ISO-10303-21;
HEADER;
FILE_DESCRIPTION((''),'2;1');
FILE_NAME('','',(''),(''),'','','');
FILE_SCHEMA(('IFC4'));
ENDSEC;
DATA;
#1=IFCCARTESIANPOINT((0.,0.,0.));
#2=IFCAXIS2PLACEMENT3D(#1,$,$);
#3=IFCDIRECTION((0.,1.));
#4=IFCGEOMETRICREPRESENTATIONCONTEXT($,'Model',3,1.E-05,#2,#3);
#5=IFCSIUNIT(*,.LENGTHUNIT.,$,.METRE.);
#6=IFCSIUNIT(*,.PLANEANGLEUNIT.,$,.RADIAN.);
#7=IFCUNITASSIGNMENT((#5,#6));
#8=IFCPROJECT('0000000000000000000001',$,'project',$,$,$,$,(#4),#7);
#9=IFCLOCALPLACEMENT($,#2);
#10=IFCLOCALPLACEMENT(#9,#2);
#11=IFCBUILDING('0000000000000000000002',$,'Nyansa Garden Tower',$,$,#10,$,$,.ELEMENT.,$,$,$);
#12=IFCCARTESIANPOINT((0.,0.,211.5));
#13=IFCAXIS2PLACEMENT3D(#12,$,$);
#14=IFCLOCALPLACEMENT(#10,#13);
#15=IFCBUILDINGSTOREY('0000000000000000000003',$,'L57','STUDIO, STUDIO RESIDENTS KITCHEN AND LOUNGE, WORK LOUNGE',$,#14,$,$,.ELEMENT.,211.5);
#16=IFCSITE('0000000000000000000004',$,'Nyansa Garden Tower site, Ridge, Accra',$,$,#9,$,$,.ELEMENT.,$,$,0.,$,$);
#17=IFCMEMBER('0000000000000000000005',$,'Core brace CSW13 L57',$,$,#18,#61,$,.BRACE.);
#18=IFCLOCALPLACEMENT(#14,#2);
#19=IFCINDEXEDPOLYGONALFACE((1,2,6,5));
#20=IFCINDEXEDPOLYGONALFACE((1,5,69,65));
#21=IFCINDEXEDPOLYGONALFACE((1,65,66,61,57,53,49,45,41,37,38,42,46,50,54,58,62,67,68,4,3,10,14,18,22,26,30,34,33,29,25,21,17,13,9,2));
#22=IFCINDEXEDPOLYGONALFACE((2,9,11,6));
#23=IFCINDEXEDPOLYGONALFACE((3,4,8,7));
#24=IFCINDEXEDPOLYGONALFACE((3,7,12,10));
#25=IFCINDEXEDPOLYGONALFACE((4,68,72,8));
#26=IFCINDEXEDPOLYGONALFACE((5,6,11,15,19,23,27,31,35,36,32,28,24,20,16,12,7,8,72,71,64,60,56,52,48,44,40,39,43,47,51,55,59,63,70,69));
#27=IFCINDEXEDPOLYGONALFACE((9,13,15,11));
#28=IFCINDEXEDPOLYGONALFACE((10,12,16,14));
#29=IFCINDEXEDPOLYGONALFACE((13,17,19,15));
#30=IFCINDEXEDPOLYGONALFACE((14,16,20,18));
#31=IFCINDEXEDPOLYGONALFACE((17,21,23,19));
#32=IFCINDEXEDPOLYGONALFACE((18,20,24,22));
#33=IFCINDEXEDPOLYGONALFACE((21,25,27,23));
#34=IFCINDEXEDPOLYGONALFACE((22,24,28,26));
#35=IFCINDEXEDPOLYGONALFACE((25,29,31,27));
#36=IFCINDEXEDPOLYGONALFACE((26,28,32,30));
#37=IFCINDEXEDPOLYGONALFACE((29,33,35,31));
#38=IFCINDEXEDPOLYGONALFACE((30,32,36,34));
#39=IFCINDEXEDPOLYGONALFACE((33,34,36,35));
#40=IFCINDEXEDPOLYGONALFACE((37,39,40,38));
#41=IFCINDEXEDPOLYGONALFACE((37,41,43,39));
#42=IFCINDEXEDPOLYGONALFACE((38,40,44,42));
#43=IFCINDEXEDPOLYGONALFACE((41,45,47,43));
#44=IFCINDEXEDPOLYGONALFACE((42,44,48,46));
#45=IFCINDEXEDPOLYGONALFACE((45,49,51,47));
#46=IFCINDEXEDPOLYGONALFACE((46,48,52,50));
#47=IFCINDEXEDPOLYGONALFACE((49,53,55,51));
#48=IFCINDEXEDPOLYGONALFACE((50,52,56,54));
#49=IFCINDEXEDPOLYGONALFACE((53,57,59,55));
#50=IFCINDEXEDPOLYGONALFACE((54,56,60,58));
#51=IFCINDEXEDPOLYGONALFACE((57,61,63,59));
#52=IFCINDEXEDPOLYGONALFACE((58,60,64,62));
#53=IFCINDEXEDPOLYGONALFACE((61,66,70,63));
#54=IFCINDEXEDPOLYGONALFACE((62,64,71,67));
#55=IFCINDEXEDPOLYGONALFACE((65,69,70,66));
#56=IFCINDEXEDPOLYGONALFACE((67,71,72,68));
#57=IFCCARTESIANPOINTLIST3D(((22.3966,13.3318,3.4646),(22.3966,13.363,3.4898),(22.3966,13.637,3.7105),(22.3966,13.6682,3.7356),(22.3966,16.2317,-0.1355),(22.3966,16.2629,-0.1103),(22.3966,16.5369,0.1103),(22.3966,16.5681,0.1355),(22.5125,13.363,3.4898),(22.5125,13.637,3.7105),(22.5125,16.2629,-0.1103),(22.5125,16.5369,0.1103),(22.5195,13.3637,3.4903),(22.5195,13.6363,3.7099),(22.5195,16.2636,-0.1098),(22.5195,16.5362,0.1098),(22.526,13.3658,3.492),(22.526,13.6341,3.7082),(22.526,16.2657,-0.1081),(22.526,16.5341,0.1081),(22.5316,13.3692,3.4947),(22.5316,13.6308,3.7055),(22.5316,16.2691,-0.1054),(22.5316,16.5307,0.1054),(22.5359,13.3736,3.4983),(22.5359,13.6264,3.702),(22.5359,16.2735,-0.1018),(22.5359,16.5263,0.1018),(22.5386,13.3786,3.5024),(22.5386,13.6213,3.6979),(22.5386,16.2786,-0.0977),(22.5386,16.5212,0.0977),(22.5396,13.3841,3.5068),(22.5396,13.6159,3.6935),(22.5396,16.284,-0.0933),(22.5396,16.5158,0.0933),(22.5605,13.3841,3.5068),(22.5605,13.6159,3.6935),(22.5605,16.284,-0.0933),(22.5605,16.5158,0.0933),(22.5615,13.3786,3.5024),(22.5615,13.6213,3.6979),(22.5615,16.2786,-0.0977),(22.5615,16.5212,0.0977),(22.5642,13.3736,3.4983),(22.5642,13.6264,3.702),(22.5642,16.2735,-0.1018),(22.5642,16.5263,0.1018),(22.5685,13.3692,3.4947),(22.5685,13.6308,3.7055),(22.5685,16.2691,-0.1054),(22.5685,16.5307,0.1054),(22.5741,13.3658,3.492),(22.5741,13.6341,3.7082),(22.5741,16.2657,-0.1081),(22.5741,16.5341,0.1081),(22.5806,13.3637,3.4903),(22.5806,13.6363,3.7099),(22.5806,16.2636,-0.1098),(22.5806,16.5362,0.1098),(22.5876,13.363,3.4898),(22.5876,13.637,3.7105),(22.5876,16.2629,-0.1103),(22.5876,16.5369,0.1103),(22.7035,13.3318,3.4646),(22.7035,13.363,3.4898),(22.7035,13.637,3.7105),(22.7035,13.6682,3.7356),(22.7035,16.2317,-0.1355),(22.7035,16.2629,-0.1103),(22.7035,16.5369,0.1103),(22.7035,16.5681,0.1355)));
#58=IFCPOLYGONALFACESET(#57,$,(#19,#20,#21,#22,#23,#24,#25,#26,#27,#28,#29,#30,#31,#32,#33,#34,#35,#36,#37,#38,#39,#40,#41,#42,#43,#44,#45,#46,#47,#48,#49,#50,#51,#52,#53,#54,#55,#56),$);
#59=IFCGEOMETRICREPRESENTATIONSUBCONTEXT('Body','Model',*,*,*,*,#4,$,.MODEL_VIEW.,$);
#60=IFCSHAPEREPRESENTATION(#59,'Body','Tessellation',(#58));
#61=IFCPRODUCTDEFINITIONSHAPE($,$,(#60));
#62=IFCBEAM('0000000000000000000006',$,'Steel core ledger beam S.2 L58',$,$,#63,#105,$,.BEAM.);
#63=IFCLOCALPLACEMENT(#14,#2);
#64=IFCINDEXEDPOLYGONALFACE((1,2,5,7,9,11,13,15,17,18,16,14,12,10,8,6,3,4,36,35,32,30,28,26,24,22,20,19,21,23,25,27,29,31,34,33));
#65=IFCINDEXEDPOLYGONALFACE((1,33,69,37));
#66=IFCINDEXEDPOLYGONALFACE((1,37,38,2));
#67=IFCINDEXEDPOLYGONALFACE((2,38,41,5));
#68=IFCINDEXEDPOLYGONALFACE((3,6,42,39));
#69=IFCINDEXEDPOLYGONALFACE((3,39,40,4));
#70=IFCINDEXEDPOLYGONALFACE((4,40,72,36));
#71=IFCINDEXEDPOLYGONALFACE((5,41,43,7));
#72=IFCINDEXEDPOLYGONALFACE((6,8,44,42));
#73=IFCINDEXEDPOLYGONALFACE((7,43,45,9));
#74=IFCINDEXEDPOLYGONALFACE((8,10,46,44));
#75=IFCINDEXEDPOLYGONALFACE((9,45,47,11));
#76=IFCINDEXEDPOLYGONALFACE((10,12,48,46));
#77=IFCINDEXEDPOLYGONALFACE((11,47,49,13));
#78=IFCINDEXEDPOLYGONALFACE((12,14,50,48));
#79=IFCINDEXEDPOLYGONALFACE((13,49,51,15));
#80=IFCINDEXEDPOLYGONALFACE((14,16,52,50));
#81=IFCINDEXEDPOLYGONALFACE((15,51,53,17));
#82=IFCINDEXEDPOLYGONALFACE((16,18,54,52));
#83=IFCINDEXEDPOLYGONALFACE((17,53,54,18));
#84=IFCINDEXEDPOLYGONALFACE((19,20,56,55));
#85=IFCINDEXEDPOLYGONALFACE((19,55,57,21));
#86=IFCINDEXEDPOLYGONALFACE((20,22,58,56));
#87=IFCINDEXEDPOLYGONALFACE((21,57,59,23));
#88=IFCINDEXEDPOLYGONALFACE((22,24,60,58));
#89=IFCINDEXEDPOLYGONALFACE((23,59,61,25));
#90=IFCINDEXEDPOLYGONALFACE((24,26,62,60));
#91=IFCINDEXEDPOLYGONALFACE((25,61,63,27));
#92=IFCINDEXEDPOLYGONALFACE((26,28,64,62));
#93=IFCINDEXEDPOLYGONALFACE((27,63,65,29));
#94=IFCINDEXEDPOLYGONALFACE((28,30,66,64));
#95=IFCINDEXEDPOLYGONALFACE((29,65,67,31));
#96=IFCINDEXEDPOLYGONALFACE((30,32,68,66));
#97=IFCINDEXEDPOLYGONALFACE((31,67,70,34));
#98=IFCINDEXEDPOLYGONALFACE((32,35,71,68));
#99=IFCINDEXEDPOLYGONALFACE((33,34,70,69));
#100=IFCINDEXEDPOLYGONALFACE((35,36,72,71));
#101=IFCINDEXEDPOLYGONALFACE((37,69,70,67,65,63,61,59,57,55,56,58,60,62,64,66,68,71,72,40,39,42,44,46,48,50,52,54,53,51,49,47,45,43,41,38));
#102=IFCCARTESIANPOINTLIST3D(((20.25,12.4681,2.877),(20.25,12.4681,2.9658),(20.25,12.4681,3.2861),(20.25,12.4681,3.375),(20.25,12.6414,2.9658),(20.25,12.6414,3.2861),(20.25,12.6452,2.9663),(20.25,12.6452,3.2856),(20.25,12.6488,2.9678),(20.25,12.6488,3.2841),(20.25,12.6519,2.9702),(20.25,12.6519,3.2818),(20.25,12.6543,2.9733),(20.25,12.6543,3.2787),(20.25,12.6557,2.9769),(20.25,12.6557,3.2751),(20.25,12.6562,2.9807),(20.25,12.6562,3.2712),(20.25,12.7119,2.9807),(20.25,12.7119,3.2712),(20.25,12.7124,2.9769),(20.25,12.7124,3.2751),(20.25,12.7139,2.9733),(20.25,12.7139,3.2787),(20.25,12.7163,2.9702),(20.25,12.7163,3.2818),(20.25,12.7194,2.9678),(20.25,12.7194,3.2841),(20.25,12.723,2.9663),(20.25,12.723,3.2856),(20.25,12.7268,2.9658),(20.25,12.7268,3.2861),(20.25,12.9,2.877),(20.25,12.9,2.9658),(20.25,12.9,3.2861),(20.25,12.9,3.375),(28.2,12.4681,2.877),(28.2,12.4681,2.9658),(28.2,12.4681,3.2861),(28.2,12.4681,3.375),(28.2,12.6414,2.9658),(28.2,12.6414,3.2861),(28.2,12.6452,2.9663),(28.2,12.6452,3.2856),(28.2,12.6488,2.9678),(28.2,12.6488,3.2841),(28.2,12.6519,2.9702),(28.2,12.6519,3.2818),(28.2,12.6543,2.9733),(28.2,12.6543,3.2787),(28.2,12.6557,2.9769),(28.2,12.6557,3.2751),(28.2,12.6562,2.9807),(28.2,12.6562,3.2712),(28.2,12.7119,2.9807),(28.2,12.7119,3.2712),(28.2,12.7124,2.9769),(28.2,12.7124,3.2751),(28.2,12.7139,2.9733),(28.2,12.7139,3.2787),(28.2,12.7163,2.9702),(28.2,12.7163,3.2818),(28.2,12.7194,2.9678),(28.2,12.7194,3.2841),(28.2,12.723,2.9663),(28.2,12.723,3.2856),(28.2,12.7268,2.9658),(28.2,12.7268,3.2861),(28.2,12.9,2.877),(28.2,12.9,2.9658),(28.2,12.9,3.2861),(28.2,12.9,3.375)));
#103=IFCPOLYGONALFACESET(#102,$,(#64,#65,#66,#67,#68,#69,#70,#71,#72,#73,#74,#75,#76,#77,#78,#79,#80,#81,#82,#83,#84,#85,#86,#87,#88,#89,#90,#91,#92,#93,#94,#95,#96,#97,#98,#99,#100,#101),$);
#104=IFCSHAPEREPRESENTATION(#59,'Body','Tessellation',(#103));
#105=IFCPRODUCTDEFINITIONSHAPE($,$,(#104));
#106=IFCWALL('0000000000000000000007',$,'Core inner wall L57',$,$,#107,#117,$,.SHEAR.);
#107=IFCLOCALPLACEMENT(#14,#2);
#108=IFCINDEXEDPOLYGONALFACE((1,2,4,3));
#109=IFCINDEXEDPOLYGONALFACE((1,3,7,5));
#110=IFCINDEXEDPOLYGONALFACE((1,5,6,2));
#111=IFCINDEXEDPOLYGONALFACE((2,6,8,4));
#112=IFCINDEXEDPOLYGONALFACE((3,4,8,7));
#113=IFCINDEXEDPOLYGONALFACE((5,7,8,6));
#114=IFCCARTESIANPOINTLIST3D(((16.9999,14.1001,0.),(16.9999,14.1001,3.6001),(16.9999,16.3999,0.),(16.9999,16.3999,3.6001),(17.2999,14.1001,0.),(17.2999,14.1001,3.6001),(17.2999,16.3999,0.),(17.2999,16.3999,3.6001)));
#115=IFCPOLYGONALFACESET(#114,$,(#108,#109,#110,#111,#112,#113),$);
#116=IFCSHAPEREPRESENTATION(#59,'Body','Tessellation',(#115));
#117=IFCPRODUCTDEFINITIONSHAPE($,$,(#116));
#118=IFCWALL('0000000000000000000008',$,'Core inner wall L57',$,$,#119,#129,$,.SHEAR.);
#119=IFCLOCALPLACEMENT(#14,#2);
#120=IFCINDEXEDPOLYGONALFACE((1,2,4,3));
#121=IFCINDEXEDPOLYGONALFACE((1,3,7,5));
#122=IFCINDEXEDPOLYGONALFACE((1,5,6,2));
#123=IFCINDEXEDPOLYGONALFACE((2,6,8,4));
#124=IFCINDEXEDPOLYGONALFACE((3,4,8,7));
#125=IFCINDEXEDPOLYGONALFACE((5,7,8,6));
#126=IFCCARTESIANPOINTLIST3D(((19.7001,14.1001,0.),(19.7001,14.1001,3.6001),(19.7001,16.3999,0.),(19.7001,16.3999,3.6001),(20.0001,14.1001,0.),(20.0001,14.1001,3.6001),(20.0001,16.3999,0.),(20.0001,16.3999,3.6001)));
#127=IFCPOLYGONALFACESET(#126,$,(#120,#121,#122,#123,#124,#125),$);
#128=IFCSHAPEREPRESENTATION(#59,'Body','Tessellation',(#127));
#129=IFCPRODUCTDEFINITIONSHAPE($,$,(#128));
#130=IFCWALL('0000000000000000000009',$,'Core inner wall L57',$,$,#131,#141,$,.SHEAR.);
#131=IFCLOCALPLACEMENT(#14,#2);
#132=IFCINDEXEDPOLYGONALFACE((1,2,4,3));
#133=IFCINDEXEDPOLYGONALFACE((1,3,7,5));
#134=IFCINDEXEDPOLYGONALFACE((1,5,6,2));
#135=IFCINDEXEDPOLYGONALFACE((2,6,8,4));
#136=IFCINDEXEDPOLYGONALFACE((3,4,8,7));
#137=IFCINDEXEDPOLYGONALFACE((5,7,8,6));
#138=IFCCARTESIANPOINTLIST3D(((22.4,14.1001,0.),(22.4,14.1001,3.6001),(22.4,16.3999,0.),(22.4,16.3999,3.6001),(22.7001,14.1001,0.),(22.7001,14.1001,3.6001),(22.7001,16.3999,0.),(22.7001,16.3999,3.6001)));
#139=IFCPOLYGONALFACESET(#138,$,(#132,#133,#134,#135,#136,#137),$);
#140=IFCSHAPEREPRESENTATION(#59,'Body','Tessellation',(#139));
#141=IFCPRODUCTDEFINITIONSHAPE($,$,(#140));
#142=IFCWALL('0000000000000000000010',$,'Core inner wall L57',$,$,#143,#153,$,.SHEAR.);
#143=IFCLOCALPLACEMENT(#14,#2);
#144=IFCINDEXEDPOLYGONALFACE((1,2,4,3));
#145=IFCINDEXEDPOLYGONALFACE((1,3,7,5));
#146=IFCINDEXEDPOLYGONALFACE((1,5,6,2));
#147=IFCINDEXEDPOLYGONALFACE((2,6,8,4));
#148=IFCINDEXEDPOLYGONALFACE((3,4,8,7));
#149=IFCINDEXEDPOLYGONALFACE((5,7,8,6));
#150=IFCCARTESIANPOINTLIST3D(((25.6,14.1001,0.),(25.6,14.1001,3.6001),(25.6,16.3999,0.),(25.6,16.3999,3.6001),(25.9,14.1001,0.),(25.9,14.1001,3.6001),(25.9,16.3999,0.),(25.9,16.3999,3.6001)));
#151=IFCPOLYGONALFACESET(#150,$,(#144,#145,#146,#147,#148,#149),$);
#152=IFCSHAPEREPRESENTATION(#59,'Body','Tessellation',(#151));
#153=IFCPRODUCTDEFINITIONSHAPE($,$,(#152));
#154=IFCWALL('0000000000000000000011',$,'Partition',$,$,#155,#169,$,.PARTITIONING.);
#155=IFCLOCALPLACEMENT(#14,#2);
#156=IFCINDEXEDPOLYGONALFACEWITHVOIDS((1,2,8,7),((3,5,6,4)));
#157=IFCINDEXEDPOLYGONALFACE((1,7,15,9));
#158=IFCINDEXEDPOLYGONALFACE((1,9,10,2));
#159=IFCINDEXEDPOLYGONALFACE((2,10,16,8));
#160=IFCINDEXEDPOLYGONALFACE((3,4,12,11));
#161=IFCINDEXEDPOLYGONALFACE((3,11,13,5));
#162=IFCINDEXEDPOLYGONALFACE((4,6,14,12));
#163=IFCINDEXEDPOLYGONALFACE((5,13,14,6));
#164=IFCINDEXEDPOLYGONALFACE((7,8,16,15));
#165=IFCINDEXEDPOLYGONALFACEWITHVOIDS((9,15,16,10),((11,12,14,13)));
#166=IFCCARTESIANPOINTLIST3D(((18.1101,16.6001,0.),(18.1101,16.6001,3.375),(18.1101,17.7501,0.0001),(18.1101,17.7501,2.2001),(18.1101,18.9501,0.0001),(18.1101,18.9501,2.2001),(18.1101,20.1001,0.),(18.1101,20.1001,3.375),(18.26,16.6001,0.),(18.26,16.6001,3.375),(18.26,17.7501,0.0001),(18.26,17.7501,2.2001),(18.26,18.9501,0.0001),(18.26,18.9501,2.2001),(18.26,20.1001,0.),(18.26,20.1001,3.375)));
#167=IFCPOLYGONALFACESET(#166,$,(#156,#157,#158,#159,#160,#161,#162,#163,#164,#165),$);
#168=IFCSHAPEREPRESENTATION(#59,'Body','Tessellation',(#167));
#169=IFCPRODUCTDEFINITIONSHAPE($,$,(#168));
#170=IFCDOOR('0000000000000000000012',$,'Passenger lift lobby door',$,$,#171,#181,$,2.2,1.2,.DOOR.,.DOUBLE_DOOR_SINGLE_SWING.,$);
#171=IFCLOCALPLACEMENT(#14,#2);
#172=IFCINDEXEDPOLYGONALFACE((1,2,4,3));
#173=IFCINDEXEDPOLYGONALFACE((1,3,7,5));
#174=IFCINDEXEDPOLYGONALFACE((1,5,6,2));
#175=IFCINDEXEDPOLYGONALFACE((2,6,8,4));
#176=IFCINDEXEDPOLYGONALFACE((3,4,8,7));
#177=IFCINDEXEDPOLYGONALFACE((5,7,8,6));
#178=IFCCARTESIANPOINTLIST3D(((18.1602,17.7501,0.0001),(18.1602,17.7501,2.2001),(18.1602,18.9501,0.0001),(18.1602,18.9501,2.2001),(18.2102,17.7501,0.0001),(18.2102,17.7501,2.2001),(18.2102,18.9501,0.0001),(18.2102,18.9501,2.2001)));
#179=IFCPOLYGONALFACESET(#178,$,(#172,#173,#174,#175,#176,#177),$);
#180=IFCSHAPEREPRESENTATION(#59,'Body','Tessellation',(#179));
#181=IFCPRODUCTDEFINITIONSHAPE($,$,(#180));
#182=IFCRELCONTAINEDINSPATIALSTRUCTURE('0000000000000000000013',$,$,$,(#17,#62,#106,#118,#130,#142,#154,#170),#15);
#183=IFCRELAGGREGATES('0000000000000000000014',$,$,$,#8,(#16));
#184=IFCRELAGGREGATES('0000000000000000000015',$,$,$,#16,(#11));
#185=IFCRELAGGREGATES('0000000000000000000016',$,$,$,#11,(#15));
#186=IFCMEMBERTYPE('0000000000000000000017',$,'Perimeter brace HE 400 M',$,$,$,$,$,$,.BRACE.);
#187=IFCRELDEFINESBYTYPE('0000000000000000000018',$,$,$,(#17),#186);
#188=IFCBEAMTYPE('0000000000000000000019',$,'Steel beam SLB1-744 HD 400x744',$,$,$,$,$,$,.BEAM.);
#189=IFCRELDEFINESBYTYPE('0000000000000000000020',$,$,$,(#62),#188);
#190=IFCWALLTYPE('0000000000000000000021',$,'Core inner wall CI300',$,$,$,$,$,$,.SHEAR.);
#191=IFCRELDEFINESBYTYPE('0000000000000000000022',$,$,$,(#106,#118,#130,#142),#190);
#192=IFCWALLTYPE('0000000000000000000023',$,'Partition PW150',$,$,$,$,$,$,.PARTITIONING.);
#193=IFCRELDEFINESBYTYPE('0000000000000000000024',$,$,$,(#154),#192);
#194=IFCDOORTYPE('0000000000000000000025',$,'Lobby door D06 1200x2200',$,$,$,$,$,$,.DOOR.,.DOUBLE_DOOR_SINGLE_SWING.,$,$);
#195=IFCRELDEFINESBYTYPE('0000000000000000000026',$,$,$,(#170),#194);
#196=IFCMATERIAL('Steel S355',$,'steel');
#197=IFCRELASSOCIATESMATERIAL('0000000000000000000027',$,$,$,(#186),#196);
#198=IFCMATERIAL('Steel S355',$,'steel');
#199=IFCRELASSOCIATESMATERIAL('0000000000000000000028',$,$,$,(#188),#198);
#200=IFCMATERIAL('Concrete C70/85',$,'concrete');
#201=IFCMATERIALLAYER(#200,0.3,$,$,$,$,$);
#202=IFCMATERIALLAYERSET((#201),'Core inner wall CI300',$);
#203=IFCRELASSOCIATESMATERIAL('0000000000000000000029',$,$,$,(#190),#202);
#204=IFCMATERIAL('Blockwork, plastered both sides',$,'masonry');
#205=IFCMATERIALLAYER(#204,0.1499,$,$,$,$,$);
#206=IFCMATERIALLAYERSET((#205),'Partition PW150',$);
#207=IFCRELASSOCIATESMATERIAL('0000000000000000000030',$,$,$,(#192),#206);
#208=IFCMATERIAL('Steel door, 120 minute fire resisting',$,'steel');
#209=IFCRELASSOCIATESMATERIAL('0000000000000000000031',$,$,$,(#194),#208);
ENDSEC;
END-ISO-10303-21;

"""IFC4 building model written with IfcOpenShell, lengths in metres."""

from ifc_helpers import new_model, si_unit, direction, frame, frame_2d, origin, origin_2d, place, context, subcontext, project, spatial, rectangle, i_section, extrude, material, layer, layer_set, material_profile, profile_set, type_object, element, fill, save


model = new_model("IFC4")

# Units and contexts
model_context = context("Model", 3, precision=1e-05, world=origin(), true_north=direction((0.0, 1.0)))
body_context = subcontext(model_context, "Body", "Model", "MODEL_VIEW")
ifc_project = project(units=[si_unit("LENGTHUNIT", "METRE"), si_unit("PLANEANGLEUNIT", "RADIAN")], contexts=[model_context])

# Site, building, storey
site_placement = place(None, origin())
site = spatial("IfcSite", under=ifc_project, at=site_placement, Name="Nyansa Garden Tower site, Ridge, Accra", CompositionType="ELEMENT", RefElevation=0.0)
building_placement = place(site_placement, origin())
building = spatial("IfcBuilding", under=site, at=building_placement, Name="Nyansa Garden Tower", CompositionType="ELEMENT")
storey_placement = place(building_placement, frame((0.0, 0.0, 211.5)))
storey = spatial("IfcBuildingStorey", under=building, at=storey_placement, Name="L57", Description="STUDIO, STUDIO RESIDENTS KITCHEN AND LOUNGE, WORK LOUNGE", CompositionType="ELEMENT", Elevation=211.5)

# Member
ifc_material_1 = material(Name="Steel S355", Category="steel")
ifc_material_profile_1 = material_profile(ifc_material_1, i_section(OverallWidth=0.3069, OverallDepth=0.4319, WebThickness=0.021, FlangeThickness=0.04, FilletRadius=0.0271, at=origin_2d()), Name="HE 400 M")
ifc_profile_set_1 = profile_set([ifc_material_profile_1], Name="Steel S355")
member_type = type_object("IfcMemberType", Name="Perimeter brace HE 400 M", PredefinedType="BRACE", material=ifc_profile_set_1)
for number, where, z_axis, x_axis, name in (
    (1, (22.55, 16.3999, 0.0), (0.0, -0.627306, 0.778773), (1.0, 0.0, 0.0), "Core brace CSW13 L57"),
):
    element("IfcMember", number, at=place(storey_placement, frame(where, z_axis=z_axis, x_axis=x_axis)), inside=storey, type_object=member_type, Name=name, PredefinedType="BRACE", context=body_context, shape_type="SweptSolid", body=[
        extrude(i_section(OverallWidth=0.3069, OverallDepth=0.4319, WebThickness=0.021, FlangeThickness=0.04, FilletRadius=0.0271, at=origin_2d()), origin(), (0.0, 0.0, 1.0), 4.6228),
    ])

# Beam
ifc_material_2 = material(Name="Steel S355", Category="steel")
ifc_material_profile_2 = material_profile(ifc_material_2, i_section(OverallWidth=0.4319, OverallDepth=0.498, WebThickness=0.0557, FlangeThickness=0.0889, FilletRadius=0.0149, at=origin_2d()), Name="HD 400x744")
ifc_profile_set_2 = profile_set([ifc_material_profile_2], Name="Steel S355")
beam_type = type_object("IfcBeamType", Name="Steel beam SLB1-744 HD 400x744", PredefinedType="BEAM", material=ifc_profile_set_2)
beam_placement = place(storey_placement, frame((20.25, 12.6841, 3.126), z_axis=(1.0, 0.0, 0.0), x_axis=(0.0, 1.0, 0.0)))
element("IfcBeam", 2, at=beam_placement, inside=storey, type_object=beam_type, Name="Steel core ledger beam S.2 L58", PredefinedType="BEAM", context=body_context, shape_type="SweptSolid", body=[
    extrude(i_section(OverallWidth=0.4319, OverallDepth=0.498, WebThickness=0.0557, FlangeThickness=0.0889, FilletRadius=0.0149, at=origin_2d()), origin(), (0.0, 0.0, 1.0), 7.95),
])

# Walls
ifc_material_3 = material(Name="Concrete C70/85", Category="concrete")
ifc_layer_1 = layer(ifc_material_3, 0.3)
ifc_layer_set_1 = layer_set([ifc_layer_1], Name="Core inner wall CI300")
wall_type_1 = type_object("IfcWallType", Name="Core inner wall CI300", PredefinedType="SHEAR", material=ifc_layer_set_1)
for number, where, z_axis, x_axis, name in (
    (3, (17.1499, 14.1001, 0.0), (0.0, 0.0, 1.0), (0.0, 1.0, 0.0), "Core inner wall L57"),
    (4, (19.8501, 14.1001, 0.0), (0.0, 0.0, 1.0), (0.0, 1.0, 0.0), "Core inner wall L57"),
    (5, (22.55, 14.1001, 0.0), (0.0, 0.0, 1.0), (0.0, 1.0, 0.0), "Core inner wall L57"),
    (6, (25.75, 14.1001, 0.0), (0.0, 0.0, 1.0), (0.0, 1.0, 0.0), "Core inner wall L57"),
):
    element("IfcWall", number, at=place(storey_placement, frame(where, z_axis=z_axis, x_axis=x_axis)), inside=storey, type_object=wall_type_1, Name=name, PredefinedType="SHEAR", context=body_context, shape_type="SweptSolid", body=[
        extrude(rectangle(XDim=2.2998, YDim=0.3, at=frame_2d((1.1499, 0.0))), origin(), (0.0, 0.0, 1.0), 3.6001),
    ])

# Wall, opening, door
ifc_material_4 = material(Name="Blockwork, plastered both sides", Category="masonry")
ifc_layer_2 = layer(ifc_material_4, 0.1499)
ifc_layer_set_2 = layer_set([ifc_layer_2], Name="Partition PW150")
wall_type_2 = type_object("IfcWallType", Name="Partition PW150", PredefinedType="PARTITIONING", material=ifc_layer_set_2)
wall_1_placement = place(storey_placement, frame((18.1851, 16.6001, 0.0), z_axis=(0.0, 0.0, 1.0), x_axis=(0.0, 1.0, 0.0)))
wall_1 = element("IfcWall", 7, at=wall_1_placement, inside=storey, type_object=wall_type_2, Name="Partition", PredefinedType="PARTITIONING", context=body_context, shape_type="SweptSolid", body=[
    extrude(rectangle(XDim=3.5, YDim=0.1499, at=frame_2d((1.75, 0.0))), origin(), (0.0, 0.0, 1.0), 3.375),
])
opening_1_placement = place(wall_1_placement, frame((1.1499, 0.0, 0.0)))
opening_1 = element("IfcOpeningElement", 8, at=opening_1_placement, cuts=wall_1, PredefinedType="OPENING", context=body_context, shape_type="SweptSolid", body=[
    extrude(rectangle(XDim=1.2, YDim=2.2, at=frame_2d((0.6001, 1.1001))), frame((0.0, 0.085, 0.0), z_axis=(0.0, -1.0, 0.0), x_axis=(1.0, 0.0, 0.0)), (0.0, 0.0, 1.0), 0.1699),
])
ifc_material_5 = material(Name="Steel door, 120 minute fire resisting", Category="steel")
door_type_1 = type_object("IfcDoorType", Name="Lobby door D06 1200x2200", OperationType="DOUBLE_DOOR_SINGLE_SWING", PredefinedType="DOOR", material=ifc_material_5)
door_1_placement = place(opening_1_placement, origin())
door_1 = element("IfcDoor", 9, at=door_1_placement, inside=storey, type_object=door_type_1, Name="Passenger lift lobby door", OperationType="DOUBLE_DOOR_SINGLE_SWING", OverallHeight=2.2, OverallWidth=1.2, PredefinedType="DOOR", context=body_context, shape_type="SweptSolid", body=[
    extrude(rectangle(XDim=1.2, YDim=2.2, at=frame_2d((0.6001, 1.1001))), frame((0.0, 0.0249, 0.0), z_axis=(0.0, -1.0, 0.0), x_axis=(1.0, 0.0, 0.0)), (0.0, 0.0, 1.0), 0.05),
])
fill(opening_1, door_1)

save(model, "model.ifc")
